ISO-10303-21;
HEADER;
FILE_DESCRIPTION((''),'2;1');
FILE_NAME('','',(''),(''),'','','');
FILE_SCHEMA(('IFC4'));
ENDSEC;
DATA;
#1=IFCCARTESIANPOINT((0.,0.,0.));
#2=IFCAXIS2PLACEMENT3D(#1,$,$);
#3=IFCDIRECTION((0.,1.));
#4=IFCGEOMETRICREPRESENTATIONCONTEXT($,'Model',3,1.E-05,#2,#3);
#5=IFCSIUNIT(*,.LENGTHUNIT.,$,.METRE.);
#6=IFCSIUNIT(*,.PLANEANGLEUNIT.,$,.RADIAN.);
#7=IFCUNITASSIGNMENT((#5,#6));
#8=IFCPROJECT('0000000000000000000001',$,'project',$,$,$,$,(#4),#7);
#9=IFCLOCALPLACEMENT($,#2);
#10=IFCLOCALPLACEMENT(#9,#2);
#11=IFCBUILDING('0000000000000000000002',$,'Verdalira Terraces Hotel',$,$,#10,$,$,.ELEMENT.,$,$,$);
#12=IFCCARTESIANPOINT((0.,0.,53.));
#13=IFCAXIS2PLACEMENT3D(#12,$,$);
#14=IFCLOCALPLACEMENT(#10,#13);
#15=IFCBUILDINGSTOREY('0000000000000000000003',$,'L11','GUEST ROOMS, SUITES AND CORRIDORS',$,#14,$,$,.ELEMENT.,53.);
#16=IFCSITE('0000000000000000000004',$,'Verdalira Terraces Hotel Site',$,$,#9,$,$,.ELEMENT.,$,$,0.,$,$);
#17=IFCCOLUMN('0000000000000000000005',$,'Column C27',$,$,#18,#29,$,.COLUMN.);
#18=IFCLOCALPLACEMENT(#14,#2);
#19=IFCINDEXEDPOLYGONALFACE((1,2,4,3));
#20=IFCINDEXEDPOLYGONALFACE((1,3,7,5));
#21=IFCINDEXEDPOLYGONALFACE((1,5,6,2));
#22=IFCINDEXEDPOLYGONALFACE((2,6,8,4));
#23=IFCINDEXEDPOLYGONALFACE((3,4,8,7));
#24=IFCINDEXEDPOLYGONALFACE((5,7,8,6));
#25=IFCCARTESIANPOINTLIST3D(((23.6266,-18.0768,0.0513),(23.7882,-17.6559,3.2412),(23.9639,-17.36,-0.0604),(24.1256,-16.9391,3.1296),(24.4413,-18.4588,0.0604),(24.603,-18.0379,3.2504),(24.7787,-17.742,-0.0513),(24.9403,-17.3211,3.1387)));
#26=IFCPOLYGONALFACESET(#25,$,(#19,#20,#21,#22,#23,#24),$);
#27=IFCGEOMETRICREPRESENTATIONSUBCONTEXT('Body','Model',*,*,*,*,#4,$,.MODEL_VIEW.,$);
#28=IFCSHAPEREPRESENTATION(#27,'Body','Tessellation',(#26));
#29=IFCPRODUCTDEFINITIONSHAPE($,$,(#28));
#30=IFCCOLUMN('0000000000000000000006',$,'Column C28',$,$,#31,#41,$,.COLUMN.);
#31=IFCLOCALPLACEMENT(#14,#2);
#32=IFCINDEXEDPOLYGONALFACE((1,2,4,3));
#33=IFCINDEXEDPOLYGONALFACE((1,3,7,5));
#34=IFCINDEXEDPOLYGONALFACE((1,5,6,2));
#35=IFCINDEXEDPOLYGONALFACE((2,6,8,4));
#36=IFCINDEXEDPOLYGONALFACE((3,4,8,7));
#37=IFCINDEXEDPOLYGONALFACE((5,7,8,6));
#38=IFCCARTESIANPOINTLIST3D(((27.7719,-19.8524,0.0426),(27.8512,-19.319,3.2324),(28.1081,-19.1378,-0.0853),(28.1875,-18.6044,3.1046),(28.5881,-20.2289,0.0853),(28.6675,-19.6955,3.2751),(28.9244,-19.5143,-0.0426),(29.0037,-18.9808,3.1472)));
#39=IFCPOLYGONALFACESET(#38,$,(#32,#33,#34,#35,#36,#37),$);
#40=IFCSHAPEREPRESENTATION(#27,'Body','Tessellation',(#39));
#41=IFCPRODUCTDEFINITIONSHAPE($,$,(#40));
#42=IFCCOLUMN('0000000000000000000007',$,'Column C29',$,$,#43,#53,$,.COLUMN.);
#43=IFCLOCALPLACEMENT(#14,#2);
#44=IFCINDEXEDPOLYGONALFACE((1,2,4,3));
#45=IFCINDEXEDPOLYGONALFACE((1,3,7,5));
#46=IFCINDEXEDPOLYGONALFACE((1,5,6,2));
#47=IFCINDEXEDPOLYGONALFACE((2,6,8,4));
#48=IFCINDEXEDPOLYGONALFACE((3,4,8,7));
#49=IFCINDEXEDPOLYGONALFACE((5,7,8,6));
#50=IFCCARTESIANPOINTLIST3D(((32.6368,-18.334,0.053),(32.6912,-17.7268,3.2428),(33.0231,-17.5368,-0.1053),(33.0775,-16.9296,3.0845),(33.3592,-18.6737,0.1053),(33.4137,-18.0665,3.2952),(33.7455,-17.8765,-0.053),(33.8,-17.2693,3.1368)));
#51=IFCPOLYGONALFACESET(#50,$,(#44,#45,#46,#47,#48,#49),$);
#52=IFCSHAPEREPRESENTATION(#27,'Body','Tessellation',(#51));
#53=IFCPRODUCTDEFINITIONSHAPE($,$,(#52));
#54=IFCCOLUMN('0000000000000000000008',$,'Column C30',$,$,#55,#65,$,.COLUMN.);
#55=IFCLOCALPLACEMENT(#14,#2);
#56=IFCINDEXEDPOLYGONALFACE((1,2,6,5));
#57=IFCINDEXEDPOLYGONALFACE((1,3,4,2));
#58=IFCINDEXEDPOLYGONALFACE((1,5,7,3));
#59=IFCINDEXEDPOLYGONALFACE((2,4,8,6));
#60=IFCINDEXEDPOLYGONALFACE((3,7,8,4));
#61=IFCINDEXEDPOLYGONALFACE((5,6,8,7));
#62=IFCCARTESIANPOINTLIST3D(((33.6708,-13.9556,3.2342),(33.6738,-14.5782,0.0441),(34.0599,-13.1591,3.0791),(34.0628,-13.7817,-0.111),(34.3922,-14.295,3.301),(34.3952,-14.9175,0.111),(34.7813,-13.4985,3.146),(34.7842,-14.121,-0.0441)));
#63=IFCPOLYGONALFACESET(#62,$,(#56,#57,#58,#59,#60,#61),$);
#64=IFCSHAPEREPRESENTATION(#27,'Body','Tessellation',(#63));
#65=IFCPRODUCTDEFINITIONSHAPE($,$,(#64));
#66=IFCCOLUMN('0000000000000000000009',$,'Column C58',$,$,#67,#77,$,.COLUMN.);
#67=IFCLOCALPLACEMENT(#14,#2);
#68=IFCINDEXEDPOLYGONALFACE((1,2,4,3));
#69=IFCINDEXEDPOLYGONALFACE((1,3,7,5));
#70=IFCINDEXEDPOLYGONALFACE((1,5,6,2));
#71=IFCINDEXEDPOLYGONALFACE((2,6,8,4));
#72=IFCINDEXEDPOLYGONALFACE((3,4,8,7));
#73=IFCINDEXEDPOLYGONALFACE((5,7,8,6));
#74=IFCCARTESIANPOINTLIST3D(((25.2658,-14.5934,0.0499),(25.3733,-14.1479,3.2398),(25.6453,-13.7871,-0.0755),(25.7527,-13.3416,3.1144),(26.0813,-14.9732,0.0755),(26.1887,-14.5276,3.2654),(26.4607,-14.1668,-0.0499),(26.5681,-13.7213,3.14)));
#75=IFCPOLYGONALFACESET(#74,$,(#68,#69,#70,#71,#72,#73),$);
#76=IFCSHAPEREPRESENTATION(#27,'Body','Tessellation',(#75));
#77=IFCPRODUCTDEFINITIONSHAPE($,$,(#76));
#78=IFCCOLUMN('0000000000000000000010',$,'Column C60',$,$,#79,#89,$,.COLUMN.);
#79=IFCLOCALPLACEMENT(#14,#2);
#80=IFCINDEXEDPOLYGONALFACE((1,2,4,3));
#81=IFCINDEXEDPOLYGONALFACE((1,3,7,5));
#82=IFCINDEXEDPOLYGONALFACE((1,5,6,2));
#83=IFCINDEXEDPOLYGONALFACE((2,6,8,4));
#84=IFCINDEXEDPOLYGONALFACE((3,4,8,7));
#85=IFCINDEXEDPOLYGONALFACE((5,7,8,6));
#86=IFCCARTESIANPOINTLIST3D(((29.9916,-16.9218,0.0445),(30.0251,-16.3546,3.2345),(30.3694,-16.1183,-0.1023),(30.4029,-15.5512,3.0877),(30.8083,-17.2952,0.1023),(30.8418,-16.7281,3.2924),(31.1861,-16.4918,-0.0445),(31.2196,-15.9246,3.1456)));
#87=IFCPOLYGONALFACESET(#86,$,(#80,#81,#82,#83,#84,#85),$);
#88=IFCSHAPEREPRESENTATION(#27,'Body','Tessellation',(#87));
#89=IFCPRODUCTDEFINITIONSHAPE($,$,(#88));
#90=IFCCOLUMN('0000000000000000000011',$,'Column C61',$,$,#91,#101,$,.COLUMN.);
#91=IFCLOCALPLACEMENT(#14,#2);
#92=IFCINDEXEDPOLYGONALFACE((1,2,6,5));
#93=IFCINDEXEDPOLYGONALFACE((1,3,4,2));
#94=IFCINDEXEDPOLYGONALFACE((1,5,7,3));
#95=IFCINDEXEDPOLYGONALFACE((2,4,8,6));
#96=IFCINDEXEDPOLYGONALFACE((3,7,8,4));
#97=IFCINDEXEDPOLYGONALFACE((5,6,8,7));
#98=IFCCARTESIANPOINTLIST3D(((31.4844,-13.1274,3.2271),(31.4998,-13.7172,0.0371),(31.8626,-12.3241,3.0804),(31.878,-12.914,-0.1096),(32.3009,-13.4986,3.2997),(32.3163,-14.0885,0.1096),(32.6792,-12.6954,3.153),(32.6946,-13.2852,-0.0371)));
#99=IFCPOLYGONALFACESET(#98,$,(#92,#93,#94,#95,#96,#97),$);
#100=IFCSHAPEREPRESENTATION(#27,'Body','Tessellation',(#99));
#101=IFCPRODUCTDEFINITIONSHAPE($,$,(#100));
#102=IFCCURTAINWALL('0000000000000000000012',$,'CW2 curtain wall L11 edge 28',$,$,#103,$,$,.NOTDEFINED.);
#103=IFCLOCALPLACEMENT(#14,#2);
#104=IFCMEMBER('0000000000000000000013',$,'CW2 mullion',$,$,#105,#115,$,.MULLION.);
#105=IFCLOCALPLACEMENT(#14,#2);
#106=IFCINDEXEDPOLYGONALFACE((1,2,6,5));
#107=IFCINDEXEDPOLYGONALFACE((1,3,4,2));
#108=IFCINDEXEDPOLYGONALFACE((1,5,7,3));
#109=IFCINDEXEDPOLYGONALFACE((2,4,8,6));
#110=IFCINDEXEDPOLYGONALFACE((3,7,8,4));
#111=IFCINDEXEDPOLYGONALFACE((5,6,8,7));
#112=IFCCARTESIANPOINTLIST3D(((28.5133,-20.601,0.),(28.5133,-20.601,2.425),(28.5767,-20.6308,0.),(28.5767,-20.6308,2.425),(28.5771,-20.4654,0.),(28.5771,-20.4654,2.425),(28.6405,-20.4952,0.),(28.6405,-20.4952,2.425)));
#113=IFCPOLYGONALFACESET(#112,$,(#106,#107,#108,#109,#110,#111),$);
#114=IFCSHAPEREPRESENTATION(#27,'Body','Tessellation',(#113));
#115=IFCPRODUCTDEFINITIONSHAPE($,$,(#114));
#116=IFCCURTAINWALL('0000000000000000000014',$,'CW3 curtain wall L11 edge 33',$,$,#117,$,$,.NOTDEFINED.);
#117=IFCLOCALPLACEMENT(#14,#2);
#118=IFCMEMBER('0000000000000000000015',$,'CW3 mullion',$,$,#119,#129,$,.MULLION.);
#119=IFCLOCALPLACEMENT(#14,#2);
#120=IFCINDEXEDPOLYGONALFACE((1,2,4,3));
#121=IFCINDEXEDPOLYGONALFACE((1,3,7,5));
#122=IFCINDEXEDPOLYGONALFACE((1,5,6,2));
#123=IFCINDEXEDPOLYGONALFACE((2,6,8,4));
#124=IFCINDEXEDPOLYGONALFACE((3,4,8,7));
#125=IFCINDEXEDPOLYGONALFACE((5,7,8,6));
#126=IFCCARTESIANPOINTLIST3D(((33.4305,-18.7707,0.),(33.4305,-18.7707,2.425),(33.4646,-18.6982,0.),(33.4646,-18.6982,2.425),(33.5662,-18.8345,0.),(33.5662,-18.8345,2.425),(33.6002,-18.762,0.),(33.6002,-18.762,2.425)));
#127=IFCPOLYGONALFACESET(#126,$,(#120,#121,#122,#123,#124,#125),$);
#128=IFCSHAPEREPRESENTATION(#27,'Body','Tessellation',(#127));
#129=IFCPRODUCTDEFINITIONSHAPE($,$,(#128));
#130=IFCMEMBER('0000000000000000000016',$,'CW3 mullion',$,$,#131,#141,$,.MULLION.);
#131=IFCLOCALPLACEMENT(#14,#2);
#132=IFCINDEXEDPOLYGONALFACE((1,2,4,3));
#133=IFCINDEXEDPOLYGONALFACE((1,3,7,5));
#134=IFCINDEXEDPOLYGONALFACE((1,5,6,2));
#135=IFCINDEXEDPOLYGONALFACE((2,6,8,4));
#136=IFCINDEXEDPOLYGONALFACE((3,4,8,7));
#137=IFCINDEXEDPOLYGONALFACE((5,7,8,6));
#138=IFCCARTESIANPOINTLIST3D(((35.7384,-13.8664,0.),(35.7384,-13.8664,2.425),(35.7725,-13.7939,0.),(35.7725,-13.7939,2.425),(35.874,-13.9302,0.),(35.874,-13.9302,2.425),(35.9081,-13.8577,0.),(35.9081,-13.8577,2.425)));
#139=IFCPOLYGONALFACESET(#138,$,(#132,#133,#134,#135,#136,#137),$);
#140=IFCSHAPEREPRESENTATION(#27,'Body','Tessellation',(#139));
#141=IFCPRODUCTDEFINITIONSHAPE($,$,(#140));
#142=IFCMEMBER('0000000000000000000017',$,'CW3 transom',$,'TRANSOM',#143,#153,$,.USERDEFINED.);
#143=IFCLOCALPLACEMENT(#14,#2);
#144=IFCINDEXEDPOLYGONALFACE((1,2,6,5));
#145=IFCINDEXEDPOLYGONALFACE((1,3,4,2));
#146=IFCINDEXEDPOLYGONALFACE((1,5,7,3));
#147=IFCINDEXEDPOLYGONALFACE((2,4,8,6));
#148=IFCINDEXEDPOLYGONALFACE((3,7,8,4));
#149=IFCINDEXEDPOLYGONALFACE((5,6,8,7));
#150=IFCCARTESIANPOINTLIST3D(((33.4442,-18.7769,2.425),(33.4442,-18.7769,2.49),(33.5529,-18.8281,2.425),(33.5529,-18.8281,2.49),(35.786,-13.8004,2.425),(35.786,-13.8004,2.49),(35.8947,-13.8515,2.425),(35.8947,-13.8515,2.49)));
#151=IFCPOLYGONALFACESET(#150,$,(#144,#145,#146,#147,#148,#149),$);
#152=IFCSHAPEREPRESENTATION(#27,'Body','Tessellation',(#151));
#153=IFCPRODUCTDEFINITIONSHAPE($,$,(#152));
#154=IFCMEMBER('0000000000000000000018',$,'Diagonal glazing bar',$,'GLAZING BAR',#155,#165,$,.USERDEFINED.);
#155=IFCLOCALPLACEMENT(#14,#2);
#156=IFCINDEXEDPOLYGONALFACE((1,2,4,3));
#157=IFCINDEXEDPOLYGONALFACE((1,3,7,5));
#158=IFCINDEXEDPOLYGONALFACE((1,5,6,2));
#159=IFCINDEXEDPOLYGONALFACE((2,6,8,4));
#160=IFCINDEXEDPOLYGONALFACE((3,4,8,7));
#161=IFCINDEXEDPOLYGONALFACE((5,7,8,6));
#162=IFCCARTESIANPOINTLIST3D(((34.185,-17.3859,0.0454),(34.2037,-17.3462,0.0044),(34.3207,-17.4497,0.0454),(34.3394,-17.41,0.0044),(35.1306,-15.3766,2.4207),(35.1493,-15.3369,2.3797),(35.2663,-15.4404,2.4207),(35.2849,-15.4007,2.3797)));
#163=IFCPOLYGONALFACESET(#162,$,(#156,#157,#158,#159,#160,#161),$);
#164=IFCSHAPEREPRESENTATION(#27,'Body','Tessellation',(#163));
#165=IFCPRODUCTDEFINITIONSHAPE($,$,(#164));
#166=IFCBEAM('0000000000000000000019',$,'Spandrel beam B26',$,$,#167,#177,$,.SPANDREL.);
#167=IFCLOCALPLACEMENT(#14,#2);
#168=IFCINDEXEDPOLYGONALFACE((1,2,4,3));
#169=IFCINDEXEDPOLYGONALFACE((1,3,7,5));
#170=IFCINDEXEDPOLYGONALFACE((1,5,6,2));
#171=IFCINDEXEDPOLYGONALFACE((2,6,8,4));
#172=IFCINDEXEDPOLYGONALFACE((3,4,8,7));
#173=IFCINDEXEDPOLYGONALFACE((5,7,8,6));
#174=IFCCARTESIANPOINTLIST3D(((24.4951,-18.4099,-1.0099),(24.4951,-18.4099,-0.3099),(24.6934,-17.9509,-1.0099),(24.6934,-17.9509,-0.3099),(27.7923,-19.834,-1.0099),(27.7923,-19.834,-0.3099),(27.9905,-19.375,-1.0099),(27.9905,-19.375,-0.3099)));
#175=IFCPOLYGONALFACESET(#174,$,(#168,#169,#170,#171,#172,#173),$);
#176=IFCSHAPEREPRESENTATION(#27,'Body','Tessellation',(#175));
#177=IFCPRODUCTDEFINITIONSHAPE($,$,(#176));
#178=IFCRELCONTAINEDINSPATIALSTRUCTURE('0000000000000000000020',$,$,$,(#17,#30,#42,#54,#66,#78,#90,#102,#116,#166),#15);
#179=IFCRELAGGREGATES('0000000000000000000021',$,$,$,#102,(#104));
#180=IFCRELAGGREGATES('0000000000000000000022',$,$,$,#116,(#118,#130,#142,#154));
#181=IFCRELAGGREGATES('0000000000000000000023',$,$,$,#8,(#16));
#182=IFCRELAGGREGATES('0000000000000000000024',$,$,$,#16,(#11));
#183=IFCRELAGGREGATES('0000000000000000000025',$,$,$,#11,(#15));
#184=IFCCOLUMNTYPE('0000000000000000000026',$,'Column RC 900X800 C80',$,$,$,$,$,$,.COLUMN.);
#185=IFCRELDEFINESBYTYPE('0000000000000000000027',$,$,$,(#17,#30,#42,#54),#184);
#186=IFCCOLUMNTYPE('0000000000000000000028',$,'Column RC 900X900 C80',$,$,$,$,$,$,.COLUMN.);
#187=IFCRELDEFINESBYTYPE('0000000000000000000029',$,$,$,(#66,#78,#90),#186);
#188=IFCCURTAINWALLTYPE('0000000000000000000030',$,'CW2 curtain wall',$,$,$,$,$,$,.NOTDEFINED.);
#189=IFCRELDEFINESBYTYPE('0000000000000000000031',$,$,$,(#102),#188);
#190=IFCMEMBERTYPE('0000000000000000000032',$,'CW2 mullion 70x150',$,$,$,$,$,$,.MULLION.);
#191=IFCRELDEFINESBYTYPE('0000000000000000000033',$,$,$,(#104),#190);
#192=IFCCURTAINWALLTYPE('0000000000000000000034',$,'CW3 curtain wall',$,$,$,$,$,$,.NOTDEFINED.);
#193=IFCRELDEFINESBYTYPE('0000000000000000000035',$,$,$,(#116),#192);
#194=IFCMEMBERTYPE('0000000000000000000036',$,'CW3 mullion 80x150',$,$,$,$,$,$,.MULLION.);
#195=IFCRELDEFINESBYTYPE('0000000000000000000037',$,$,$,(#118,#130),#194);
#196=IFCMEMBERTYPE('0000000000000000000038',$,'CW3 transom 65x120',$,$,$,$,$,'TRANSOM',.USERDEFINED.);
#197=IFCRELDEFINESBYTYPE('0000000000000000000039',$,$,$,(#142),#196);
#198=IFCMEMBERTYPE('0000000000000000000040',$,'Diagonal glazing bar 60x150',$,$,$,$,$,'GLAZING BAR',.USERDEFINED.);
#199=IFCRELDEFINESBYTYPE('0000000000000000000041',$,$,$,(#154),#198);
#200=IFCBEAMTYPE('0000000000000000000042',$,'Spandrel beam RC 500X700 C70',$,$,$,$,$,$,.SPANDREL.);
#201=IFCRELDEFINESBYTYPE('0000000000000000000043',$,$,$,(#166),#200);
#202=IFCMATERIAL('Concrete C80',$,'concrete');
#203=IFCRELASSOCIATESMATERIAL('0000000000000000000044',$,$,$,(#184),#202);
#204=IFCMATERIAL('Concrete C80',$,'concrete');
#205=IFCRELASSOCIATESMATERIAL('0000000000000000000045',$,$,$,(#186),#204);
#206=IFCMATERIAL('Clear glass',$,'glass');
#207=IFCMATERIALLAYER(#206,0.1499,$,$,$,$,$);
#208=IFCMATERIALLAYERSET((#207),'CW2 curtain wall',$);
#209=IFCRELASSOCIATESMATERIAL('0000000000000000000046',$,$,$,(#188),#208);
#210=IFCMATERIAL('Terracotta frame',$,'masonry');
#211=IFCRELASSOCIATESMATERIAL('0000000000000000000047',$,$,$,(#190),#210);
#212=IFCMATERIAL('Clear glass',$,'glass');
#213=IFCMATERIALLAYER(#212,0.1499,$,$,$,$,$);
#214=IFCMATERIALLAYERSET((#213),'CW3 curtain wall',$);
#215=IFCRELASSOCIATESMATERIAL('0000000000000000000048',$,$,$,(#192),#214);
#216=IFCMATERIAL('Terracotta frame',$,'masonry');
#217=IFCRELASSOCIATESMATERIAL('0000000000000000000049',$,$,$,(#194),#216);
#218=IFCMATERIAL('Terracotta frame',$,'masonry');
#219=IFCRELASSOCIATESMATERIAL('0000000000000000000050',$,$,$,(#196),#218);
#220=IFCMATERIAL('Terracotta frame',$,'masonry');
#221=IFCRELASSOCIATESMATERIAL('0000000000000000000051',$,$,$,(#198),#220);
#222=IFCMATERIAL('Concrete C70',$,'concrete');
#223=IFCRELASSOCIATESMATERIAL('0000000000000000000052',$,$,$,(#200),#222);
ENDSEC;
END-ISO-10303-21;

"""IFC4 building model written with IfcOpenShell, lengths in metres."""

from ifc_helpers import new_model, si_unit, direction, frame, origin, origin_2d, place, context, subcontext, project, spatial, rectangle, extrude, material, layer, layer_set, material_profile, profile_set, type_object, element, aggregate, save


model = new_model("IFC4")

# Units and contexts
model_context = context("Model", 3, precision=1e-05, world=origin(), true_north=direction((0.0, 1.0)))
body_context = subcontext(model_context, "Body", "Model", "MODEL_VIEW")
ifc_project = project(units=[si_unit("LENGTHUNIT", "METRE"), si_unit("PLANEANGLEUNIT", "RADIAN")], contexts=[model_context])

# Site, building, storey
site_placement = place(None, origin())
site = spatial("IfcSite", under=ifc_project, at=site_placement, Name="Verdalira Terraces Hotel Site", CompositionType="ELEMENT", RefElevation=0.0)
building_placement = place(site_placement, origin())
building = spatial("IfcBuilding", under=site, at=building_placement, Name="Verdalira Terraces Hotel", CompositionType="ELEMENT")
storey_placement = place(building_placement, frame((0.0, 0.0, 53.0)))
storey = spatial("IfcBuildingStorey", under=building, at=storey_placement, Name="L11", Description="GUEST ROOMS, SUITES AND CORRIDORS", CompositionType="ELEMENT", Elevation=53.0)

# Columns
ifc_material_1 = material(Name="Concrete C80", Category="concrete")
ifc_material_profile_1 = material_profile(ifc_material_1, rectangle(XDim=0.8999, YDim=0.8, at=origin_2d()), Name="RC 900X800")
ifc_profile_set_1 = profile_set([ifc_material_profile_1], Name="Concrete C80")
column_type_1 = type_object("IfcColumnType", Name="Column RC 900X800 C80", PredefinedType="COLUMN", material=ifc_profile_set_1)
column_1_placement = place(storey_placement, frame((24.2026, -17.9094, 0.0), z_axis=(0.050167, 0.130647, 0.990159), x_axis=(0.90537, -0.424503, 0.01014)))
element("IfcColumn", 1, at=column_1_placement, inside=storey, type_object=column_type_1, Name="Column C27", PredefinedType="COLUMN", context=body_context, shape_type="SweptSolid", body=[
    extrude(rectangle(XDim=0.8999, YDim=0.8, at=origin_2d()), origin(), (0.0, 0.0, 1.0), 3.2217),
])
column_2_placement = place(storey_placement, frame((28.3481, -19.6834, 0.0), z_axis=(0.024526, 0.164888, 0.986007), x_axis=(0.907056, -0.418334, 0.047395)))
element("IfcColumn", 2, at=column_2_placement, inside=storey, type_object=column_type_1, Name="Column C28", PredefinedType="COLUMN", context=body_context, shape_type="SweptSolid", body=[
    extrude(rectangle(XDim=0.8999, YDim=0.8, at=origin_2d()), origin(), (0.0, 0.0, 1.0), 3.2351),
])
column_3_placement = place(storey_placement, frame((33.1912, -18.1052, 0.0), z_axis=(0.016764, 0.186958, 0.982225), x_axis=(0.429277, 0.88587, -0.175944)))
element("IfcColumn", 3, at=column_3_placement, inside=storey, type_object=column_type_1, Name="Column C29", PredefinedType="COLUMN", context=body_context, shape_type="SweptSolid", body=[
    extrude(rectangle(XDim=0.8999, YDim=0.8, at=origin_2d()), origin(), (0.0, 0.0, 1.0), 3.2476),
])
column_4_placement = place(storey_placement, frame((34.229, -14.3496, 0.0), z_axis=(-0.000901, 0.191549, 0.981483), x_axis=(0.432345, 0.885086, -0.172339)))
element("IfcColumn", 4, at=column_4_placement, inside=storey, type_object=column_type_1, Name="Column C30", PredefinedType="COLUMN", context=body_context, shape_type="SweptSolid", body=[
    extrude(rectangle(XDim=0.8999, YDim=0.8, at=origin_2d()), origin(), (0.0, 0.0, 1.0), 3.2502),
])
ifc_material_2 = material(Name="Concrete C80", Category="concrete")
ifc_material_profile_2 = material_profile(ifc_material_2, rectangle(XDim=0.8999, YDim=0.8999, at=origin_2d()), Name="RC 900X900")
ifc_profile_set_2 = profile_set([ifc_material_profile_2], Name="Concrete C80")
column_type_2 = type_object("IfcColumnType", Name="Column RC 900X900 C80", PredefinedType="COLUMN", material=ifc_profile_set_2)
column_5_placement = place(storey_placement, frame((25.8633, -14.3801, 0.0), z_axis=(0.033333, 0.138256, 0.989835), x_axis=(0.906165, -0.421968, 0.028423)))
element("IfcColumn", 5, at=column_5_placement, inside=storey, type_object=column_type_2, Name="Column C58", PredefinedType="COLUMN", context=body_context, shape_type="SweptSolid", body=[
    extrude(rectangle(XDim=0.8999, YDim=0.8999, at=origin_2d()), origin(), (0.0, 0.0, 1.0), 3.2227),
])
column_6_placement = place(storey_placement, frame((30.5889, -16.7068, 0.0), z_axis=(0.010323, 0.175035, 0.984508), x_axis=(0.90754, -0.415018, 0.06427)))
element("IfcColumn", 6, at=column_6_placement, inside=storey, type_object=column_type_2, Name="Column C60", PredefinedType="COLUMN", context=body_context, shape_type="SweptSolid", body=[
    extrude(rectangle(XDim=0.8999, YDim=0.8999, at=origin_2d()), origin(), (0.0, 0.0, 1.0), 3.2402),
])
column_7_placement = place(storey_placement, frame((32.0972, -13.5012, 0.0), z_axis=(-0.004741, 0.181823, 0.98332), x_axis=(0.907361, -0.412541, 0.080657)))
element("IfcColumn", 7, at=column_7_placement, inside=storey, type_object=column_type_2, Name="Column C61", PredefinedType="COLUMN", context=body_context, shape_type="SweptSolid", body=[
    extrude(rectangle(XDim=0.8999, YDim=0.8999, at=origin_2d()), origin(), (0.0, 0.0, 1.0), 3.2441),
])

# Curtain wall, member
ifc_material_3 = material(Name="Clear glass", Category="glass")
ifc_layer_1 = layer(ifc_material_3, 0.1499)
ifc_layer_set_1 = layer_set([ifc_layer_1], Name="CW2 curtain wall")
curtain_wall_type_1 = type_object("IfcCurtainWallType", Name="CW2 curtain wall", PredefinedType="NOTDEFINED", material=ifc_layer_set_1)
curtain_wall_1_placement = place(storey_placement, origin())
curtain_wall_1 = element("IfcCurtainWall", 8, at=curtain_wall_1_placement, inside=storey, type_object=curtain_wall_type_1, Name="CW2 curtain wall L11 edge 28", PredefinedType="NOTDEFINED")
ifc_material_4 = material(Name="Terracotta frame", Category="masonry")
ifc_material_profile_3 = material_profile(ifc_material_4, rectangle(XDim=0.0701, YDim=0.1499, at=origin_2d()), Name="MU 70x150")
ifc_profile_set_3 = profile_set([ifc_material_profile_3], Name="Terracotta frame")
member_type_1 = type_object("IfcMemberType", Name="CW2 mullion 70x150", PredefinedType="MULLION", material=ifc_profile_set_3)
member_1_placement = place(storey_placement, frame((28.5769, -20.5481, 0.0), z_axis=(0.0, 0.0, 1.0), x_axis=(0.904827, -0.425779, 0.0)))
member_1 = element("IfcMember", 9, at=member_1_placement, type_object=member_type_1, Name="CW2 mullion", PredefinedType="MULLION", context=body_context, shape_type="SweptSolid", body=[
    extrude(rectangle(XDim=0.0701, YDim=0.1499, at=origin_2d()), origin(), (0.0, 0.0, 1.0), 2.425),
])
aggregate(curtain_wall_1, [member_1])

# Curtain wall, members
ifc_material_5 = material(Name="Clear glass", Category="glass")
ifc_layer_2 = layer(ifc_material_5, 0.1499)
ifc_layer_set_2 = layer_set([ifc_layer_2], Name="CW3 curtain wall")
curtain_wall_type_2 = type_object("IfcCurtainWallType", Name="CW3 curtain wall", PredefinedType="NOTDEFINED", material=ifc_layer_set_2)
curtain_wall_2_placement = place(storey_placement, origin())
curtain_wall_2 = element("IfcCurtainWall", 10, at=curtain_wall_2_placement, inside=storey, type_object=curtain_wall_type_2, Name="CW3 curtain wall L11 edge 33", PredefinedType="NOTDEFINED")
ifc_material_6 = material(Name="Terracotta frame", Category="masonry")
ifc_material_profile_4 = material_profile(ifc_material_6, rectangle(XDim=0.0801, YDim=0.1499, at=origin_2d()), Name="MU 80x150")
ifc_profile_set_4 = profile_set([ifc_material_profile_4], Name="Terracotta frame")
member_type_2 = type_object("IfcMemberType", Name="CW3 mullion 80x150", PredefinedType="MULLION", material=ifc_profile_set_4)
member_2_placement = place(storey_placement, frame((33.5154, -18.7664, 0.0), z_axis=(0.0, 0.0, 1.0), x_axis=(0.425779, 0.904827, 0.0)))
member_2 = element("IfcMember", 11, at=member_2_placement, type_object=member_type_2, Name="CW3 mullion", PredefinedType="MULLION", context=body_context, shape_type="SweptSolid", body=[
    extrude(rectangle(XDim=0.0801, YDim=0.1499, at=origin_2d()), origin(), (0.0, 0.0, 1.0), 2.425),
])
member_3_placement = place(storey_placement, frame((35.8232, -13.8621, 0.0), z_axis=(0.0, 0.0, 1.0), x_axis=(0.425779, 0.904827, 0.0)))
member_3 = element("IfcMember", 12, at=member_3_placement, type_object=member_type_2, Name="CW3 mullion", PredefinedType="MULLION", context=body_context, shape_type="SweptSolid", body=[
    extrude(rectangle(XDim=0.0801, YDim=0.1499, at=origin_2d()), origin(), (0.0, 0.0, 1.0), 2.425),
])
ifc_material_7 = material(Name="Terracotta frame", Category="masonry")
ifc_material_profile_5 = material_profile(ifc_material_7, rectangle(XDim=0.1201, YDim=0.0649, at=origin_2d()), Name="TR 65x120")
ifc_profile_set_5 = profile_set([ifc_material_profile_5], Name="Terracotta frame")
member_type_3 = type_object("IfcMemberType", Name="CW3 transom 65x120", ElementType="TRANSOM", PredefinedType="USERDEFINED", material=ifc_profile_set_5)
member_4_placement = place(storey_placement, frame((33.4985, -18.8025, 2.4575), z_axis=(0.42578, 0.904827, 0.0), x_axis=(-0.904827, 0.42578, 0.0)))
member_4 = element("IfcMember", 13, at=member_4_placement, type_object=member_type_3, Name="CW3 transom", ObjectType="TRANSOM", PredefinedType="USERDEFINED", context=body_context, shape_type="SweptSolid", body=[
    extrude(rectangle(XDim=0.1201, YDim=0.0649, at=origin_2d()), origin(), (0.0, 0.0, 1.0), 5.5),
])
ifc_material_8 = material(Name="Terracotta frame", Category="masonry")
ifc_material_profile_6 = material_profile(ifc_material_8, rectangle(XDim=0.1499, YDim=0.0601, at=origin_2d()), Name="GB 60x150")
ifc_profile_set_6 = profile_set([ifc_material_profile_6], Name="Terracotta frame")
member_type_4 = type_object("IfcMemberType", Name="Diagonal glazing bar 60x150", ElementType="GLAZING BAR", PredefinedType="USERDEFINED", material=ifc_profile_set_6)
member_5_placement = place(storey_placement, frame((34.2622, -17.3979, 0.0249), z_axis=(0.290795, 0.61793, 0.730479), x_axis=(-0.904816, 0.425802, 0.0)))
member_5 = element("IfcMember", 14, at=member_5_placement, type_object=member_type_4, Name="Diagonal glazing bar", ObjectType="GLAZING BAR", PredefinedType="USERDEFINED", context=body_context, shape_type="SweptSolid", body=[
    extrude(rectangle(XDim=0.1499, YDim=0.0601, at=origin_2d()), origin(), (0.0, 0.0, 1.0), 3.2517),
])

# Beam
ifc_material_9 = material(Name="Concrete C70", Category="concrete")
ifc_material_profile_7 = material_profile(ifc_material_9, rectangle(XDim=0.5, YDim=0.7, at=origin_2d()), Name="RC 500X700")
ifc_profile_set_7 = profile_set([ifc_material_profile_7], Name="Concrete C70")
beam_type = type_object("IfcBeamType", Name="Spandrel beam RC 500X700 C70", PredefinedType="SPANDREL", material=ifc_profile_set_7)
beam_1_placement = place(storey_placement, frame((24.5942, -18.1804, -0.6599), z_axis=(0.91803, -0.39651, 0.0), x_axis=(0.39651, 0.91803, 0.0)))
element("IfcBeam", 15, at=beam_1_placement, inside=storey, type_object=beam_type, Name="Spandrel beam B26", PredefinedType="SPANDREL", context=body_context, shape_type="SweptSolid", body=[
    extrude(rectangle(XDim=0.5, YDim=0.7, at=origin_2d()), origin(), (0.0, 0.0, 1.0), 3.5916),
])

aggregate(curtain_wall_2, [member_2, member_3, member_4, member_5])

save(model, "model.ifc")
